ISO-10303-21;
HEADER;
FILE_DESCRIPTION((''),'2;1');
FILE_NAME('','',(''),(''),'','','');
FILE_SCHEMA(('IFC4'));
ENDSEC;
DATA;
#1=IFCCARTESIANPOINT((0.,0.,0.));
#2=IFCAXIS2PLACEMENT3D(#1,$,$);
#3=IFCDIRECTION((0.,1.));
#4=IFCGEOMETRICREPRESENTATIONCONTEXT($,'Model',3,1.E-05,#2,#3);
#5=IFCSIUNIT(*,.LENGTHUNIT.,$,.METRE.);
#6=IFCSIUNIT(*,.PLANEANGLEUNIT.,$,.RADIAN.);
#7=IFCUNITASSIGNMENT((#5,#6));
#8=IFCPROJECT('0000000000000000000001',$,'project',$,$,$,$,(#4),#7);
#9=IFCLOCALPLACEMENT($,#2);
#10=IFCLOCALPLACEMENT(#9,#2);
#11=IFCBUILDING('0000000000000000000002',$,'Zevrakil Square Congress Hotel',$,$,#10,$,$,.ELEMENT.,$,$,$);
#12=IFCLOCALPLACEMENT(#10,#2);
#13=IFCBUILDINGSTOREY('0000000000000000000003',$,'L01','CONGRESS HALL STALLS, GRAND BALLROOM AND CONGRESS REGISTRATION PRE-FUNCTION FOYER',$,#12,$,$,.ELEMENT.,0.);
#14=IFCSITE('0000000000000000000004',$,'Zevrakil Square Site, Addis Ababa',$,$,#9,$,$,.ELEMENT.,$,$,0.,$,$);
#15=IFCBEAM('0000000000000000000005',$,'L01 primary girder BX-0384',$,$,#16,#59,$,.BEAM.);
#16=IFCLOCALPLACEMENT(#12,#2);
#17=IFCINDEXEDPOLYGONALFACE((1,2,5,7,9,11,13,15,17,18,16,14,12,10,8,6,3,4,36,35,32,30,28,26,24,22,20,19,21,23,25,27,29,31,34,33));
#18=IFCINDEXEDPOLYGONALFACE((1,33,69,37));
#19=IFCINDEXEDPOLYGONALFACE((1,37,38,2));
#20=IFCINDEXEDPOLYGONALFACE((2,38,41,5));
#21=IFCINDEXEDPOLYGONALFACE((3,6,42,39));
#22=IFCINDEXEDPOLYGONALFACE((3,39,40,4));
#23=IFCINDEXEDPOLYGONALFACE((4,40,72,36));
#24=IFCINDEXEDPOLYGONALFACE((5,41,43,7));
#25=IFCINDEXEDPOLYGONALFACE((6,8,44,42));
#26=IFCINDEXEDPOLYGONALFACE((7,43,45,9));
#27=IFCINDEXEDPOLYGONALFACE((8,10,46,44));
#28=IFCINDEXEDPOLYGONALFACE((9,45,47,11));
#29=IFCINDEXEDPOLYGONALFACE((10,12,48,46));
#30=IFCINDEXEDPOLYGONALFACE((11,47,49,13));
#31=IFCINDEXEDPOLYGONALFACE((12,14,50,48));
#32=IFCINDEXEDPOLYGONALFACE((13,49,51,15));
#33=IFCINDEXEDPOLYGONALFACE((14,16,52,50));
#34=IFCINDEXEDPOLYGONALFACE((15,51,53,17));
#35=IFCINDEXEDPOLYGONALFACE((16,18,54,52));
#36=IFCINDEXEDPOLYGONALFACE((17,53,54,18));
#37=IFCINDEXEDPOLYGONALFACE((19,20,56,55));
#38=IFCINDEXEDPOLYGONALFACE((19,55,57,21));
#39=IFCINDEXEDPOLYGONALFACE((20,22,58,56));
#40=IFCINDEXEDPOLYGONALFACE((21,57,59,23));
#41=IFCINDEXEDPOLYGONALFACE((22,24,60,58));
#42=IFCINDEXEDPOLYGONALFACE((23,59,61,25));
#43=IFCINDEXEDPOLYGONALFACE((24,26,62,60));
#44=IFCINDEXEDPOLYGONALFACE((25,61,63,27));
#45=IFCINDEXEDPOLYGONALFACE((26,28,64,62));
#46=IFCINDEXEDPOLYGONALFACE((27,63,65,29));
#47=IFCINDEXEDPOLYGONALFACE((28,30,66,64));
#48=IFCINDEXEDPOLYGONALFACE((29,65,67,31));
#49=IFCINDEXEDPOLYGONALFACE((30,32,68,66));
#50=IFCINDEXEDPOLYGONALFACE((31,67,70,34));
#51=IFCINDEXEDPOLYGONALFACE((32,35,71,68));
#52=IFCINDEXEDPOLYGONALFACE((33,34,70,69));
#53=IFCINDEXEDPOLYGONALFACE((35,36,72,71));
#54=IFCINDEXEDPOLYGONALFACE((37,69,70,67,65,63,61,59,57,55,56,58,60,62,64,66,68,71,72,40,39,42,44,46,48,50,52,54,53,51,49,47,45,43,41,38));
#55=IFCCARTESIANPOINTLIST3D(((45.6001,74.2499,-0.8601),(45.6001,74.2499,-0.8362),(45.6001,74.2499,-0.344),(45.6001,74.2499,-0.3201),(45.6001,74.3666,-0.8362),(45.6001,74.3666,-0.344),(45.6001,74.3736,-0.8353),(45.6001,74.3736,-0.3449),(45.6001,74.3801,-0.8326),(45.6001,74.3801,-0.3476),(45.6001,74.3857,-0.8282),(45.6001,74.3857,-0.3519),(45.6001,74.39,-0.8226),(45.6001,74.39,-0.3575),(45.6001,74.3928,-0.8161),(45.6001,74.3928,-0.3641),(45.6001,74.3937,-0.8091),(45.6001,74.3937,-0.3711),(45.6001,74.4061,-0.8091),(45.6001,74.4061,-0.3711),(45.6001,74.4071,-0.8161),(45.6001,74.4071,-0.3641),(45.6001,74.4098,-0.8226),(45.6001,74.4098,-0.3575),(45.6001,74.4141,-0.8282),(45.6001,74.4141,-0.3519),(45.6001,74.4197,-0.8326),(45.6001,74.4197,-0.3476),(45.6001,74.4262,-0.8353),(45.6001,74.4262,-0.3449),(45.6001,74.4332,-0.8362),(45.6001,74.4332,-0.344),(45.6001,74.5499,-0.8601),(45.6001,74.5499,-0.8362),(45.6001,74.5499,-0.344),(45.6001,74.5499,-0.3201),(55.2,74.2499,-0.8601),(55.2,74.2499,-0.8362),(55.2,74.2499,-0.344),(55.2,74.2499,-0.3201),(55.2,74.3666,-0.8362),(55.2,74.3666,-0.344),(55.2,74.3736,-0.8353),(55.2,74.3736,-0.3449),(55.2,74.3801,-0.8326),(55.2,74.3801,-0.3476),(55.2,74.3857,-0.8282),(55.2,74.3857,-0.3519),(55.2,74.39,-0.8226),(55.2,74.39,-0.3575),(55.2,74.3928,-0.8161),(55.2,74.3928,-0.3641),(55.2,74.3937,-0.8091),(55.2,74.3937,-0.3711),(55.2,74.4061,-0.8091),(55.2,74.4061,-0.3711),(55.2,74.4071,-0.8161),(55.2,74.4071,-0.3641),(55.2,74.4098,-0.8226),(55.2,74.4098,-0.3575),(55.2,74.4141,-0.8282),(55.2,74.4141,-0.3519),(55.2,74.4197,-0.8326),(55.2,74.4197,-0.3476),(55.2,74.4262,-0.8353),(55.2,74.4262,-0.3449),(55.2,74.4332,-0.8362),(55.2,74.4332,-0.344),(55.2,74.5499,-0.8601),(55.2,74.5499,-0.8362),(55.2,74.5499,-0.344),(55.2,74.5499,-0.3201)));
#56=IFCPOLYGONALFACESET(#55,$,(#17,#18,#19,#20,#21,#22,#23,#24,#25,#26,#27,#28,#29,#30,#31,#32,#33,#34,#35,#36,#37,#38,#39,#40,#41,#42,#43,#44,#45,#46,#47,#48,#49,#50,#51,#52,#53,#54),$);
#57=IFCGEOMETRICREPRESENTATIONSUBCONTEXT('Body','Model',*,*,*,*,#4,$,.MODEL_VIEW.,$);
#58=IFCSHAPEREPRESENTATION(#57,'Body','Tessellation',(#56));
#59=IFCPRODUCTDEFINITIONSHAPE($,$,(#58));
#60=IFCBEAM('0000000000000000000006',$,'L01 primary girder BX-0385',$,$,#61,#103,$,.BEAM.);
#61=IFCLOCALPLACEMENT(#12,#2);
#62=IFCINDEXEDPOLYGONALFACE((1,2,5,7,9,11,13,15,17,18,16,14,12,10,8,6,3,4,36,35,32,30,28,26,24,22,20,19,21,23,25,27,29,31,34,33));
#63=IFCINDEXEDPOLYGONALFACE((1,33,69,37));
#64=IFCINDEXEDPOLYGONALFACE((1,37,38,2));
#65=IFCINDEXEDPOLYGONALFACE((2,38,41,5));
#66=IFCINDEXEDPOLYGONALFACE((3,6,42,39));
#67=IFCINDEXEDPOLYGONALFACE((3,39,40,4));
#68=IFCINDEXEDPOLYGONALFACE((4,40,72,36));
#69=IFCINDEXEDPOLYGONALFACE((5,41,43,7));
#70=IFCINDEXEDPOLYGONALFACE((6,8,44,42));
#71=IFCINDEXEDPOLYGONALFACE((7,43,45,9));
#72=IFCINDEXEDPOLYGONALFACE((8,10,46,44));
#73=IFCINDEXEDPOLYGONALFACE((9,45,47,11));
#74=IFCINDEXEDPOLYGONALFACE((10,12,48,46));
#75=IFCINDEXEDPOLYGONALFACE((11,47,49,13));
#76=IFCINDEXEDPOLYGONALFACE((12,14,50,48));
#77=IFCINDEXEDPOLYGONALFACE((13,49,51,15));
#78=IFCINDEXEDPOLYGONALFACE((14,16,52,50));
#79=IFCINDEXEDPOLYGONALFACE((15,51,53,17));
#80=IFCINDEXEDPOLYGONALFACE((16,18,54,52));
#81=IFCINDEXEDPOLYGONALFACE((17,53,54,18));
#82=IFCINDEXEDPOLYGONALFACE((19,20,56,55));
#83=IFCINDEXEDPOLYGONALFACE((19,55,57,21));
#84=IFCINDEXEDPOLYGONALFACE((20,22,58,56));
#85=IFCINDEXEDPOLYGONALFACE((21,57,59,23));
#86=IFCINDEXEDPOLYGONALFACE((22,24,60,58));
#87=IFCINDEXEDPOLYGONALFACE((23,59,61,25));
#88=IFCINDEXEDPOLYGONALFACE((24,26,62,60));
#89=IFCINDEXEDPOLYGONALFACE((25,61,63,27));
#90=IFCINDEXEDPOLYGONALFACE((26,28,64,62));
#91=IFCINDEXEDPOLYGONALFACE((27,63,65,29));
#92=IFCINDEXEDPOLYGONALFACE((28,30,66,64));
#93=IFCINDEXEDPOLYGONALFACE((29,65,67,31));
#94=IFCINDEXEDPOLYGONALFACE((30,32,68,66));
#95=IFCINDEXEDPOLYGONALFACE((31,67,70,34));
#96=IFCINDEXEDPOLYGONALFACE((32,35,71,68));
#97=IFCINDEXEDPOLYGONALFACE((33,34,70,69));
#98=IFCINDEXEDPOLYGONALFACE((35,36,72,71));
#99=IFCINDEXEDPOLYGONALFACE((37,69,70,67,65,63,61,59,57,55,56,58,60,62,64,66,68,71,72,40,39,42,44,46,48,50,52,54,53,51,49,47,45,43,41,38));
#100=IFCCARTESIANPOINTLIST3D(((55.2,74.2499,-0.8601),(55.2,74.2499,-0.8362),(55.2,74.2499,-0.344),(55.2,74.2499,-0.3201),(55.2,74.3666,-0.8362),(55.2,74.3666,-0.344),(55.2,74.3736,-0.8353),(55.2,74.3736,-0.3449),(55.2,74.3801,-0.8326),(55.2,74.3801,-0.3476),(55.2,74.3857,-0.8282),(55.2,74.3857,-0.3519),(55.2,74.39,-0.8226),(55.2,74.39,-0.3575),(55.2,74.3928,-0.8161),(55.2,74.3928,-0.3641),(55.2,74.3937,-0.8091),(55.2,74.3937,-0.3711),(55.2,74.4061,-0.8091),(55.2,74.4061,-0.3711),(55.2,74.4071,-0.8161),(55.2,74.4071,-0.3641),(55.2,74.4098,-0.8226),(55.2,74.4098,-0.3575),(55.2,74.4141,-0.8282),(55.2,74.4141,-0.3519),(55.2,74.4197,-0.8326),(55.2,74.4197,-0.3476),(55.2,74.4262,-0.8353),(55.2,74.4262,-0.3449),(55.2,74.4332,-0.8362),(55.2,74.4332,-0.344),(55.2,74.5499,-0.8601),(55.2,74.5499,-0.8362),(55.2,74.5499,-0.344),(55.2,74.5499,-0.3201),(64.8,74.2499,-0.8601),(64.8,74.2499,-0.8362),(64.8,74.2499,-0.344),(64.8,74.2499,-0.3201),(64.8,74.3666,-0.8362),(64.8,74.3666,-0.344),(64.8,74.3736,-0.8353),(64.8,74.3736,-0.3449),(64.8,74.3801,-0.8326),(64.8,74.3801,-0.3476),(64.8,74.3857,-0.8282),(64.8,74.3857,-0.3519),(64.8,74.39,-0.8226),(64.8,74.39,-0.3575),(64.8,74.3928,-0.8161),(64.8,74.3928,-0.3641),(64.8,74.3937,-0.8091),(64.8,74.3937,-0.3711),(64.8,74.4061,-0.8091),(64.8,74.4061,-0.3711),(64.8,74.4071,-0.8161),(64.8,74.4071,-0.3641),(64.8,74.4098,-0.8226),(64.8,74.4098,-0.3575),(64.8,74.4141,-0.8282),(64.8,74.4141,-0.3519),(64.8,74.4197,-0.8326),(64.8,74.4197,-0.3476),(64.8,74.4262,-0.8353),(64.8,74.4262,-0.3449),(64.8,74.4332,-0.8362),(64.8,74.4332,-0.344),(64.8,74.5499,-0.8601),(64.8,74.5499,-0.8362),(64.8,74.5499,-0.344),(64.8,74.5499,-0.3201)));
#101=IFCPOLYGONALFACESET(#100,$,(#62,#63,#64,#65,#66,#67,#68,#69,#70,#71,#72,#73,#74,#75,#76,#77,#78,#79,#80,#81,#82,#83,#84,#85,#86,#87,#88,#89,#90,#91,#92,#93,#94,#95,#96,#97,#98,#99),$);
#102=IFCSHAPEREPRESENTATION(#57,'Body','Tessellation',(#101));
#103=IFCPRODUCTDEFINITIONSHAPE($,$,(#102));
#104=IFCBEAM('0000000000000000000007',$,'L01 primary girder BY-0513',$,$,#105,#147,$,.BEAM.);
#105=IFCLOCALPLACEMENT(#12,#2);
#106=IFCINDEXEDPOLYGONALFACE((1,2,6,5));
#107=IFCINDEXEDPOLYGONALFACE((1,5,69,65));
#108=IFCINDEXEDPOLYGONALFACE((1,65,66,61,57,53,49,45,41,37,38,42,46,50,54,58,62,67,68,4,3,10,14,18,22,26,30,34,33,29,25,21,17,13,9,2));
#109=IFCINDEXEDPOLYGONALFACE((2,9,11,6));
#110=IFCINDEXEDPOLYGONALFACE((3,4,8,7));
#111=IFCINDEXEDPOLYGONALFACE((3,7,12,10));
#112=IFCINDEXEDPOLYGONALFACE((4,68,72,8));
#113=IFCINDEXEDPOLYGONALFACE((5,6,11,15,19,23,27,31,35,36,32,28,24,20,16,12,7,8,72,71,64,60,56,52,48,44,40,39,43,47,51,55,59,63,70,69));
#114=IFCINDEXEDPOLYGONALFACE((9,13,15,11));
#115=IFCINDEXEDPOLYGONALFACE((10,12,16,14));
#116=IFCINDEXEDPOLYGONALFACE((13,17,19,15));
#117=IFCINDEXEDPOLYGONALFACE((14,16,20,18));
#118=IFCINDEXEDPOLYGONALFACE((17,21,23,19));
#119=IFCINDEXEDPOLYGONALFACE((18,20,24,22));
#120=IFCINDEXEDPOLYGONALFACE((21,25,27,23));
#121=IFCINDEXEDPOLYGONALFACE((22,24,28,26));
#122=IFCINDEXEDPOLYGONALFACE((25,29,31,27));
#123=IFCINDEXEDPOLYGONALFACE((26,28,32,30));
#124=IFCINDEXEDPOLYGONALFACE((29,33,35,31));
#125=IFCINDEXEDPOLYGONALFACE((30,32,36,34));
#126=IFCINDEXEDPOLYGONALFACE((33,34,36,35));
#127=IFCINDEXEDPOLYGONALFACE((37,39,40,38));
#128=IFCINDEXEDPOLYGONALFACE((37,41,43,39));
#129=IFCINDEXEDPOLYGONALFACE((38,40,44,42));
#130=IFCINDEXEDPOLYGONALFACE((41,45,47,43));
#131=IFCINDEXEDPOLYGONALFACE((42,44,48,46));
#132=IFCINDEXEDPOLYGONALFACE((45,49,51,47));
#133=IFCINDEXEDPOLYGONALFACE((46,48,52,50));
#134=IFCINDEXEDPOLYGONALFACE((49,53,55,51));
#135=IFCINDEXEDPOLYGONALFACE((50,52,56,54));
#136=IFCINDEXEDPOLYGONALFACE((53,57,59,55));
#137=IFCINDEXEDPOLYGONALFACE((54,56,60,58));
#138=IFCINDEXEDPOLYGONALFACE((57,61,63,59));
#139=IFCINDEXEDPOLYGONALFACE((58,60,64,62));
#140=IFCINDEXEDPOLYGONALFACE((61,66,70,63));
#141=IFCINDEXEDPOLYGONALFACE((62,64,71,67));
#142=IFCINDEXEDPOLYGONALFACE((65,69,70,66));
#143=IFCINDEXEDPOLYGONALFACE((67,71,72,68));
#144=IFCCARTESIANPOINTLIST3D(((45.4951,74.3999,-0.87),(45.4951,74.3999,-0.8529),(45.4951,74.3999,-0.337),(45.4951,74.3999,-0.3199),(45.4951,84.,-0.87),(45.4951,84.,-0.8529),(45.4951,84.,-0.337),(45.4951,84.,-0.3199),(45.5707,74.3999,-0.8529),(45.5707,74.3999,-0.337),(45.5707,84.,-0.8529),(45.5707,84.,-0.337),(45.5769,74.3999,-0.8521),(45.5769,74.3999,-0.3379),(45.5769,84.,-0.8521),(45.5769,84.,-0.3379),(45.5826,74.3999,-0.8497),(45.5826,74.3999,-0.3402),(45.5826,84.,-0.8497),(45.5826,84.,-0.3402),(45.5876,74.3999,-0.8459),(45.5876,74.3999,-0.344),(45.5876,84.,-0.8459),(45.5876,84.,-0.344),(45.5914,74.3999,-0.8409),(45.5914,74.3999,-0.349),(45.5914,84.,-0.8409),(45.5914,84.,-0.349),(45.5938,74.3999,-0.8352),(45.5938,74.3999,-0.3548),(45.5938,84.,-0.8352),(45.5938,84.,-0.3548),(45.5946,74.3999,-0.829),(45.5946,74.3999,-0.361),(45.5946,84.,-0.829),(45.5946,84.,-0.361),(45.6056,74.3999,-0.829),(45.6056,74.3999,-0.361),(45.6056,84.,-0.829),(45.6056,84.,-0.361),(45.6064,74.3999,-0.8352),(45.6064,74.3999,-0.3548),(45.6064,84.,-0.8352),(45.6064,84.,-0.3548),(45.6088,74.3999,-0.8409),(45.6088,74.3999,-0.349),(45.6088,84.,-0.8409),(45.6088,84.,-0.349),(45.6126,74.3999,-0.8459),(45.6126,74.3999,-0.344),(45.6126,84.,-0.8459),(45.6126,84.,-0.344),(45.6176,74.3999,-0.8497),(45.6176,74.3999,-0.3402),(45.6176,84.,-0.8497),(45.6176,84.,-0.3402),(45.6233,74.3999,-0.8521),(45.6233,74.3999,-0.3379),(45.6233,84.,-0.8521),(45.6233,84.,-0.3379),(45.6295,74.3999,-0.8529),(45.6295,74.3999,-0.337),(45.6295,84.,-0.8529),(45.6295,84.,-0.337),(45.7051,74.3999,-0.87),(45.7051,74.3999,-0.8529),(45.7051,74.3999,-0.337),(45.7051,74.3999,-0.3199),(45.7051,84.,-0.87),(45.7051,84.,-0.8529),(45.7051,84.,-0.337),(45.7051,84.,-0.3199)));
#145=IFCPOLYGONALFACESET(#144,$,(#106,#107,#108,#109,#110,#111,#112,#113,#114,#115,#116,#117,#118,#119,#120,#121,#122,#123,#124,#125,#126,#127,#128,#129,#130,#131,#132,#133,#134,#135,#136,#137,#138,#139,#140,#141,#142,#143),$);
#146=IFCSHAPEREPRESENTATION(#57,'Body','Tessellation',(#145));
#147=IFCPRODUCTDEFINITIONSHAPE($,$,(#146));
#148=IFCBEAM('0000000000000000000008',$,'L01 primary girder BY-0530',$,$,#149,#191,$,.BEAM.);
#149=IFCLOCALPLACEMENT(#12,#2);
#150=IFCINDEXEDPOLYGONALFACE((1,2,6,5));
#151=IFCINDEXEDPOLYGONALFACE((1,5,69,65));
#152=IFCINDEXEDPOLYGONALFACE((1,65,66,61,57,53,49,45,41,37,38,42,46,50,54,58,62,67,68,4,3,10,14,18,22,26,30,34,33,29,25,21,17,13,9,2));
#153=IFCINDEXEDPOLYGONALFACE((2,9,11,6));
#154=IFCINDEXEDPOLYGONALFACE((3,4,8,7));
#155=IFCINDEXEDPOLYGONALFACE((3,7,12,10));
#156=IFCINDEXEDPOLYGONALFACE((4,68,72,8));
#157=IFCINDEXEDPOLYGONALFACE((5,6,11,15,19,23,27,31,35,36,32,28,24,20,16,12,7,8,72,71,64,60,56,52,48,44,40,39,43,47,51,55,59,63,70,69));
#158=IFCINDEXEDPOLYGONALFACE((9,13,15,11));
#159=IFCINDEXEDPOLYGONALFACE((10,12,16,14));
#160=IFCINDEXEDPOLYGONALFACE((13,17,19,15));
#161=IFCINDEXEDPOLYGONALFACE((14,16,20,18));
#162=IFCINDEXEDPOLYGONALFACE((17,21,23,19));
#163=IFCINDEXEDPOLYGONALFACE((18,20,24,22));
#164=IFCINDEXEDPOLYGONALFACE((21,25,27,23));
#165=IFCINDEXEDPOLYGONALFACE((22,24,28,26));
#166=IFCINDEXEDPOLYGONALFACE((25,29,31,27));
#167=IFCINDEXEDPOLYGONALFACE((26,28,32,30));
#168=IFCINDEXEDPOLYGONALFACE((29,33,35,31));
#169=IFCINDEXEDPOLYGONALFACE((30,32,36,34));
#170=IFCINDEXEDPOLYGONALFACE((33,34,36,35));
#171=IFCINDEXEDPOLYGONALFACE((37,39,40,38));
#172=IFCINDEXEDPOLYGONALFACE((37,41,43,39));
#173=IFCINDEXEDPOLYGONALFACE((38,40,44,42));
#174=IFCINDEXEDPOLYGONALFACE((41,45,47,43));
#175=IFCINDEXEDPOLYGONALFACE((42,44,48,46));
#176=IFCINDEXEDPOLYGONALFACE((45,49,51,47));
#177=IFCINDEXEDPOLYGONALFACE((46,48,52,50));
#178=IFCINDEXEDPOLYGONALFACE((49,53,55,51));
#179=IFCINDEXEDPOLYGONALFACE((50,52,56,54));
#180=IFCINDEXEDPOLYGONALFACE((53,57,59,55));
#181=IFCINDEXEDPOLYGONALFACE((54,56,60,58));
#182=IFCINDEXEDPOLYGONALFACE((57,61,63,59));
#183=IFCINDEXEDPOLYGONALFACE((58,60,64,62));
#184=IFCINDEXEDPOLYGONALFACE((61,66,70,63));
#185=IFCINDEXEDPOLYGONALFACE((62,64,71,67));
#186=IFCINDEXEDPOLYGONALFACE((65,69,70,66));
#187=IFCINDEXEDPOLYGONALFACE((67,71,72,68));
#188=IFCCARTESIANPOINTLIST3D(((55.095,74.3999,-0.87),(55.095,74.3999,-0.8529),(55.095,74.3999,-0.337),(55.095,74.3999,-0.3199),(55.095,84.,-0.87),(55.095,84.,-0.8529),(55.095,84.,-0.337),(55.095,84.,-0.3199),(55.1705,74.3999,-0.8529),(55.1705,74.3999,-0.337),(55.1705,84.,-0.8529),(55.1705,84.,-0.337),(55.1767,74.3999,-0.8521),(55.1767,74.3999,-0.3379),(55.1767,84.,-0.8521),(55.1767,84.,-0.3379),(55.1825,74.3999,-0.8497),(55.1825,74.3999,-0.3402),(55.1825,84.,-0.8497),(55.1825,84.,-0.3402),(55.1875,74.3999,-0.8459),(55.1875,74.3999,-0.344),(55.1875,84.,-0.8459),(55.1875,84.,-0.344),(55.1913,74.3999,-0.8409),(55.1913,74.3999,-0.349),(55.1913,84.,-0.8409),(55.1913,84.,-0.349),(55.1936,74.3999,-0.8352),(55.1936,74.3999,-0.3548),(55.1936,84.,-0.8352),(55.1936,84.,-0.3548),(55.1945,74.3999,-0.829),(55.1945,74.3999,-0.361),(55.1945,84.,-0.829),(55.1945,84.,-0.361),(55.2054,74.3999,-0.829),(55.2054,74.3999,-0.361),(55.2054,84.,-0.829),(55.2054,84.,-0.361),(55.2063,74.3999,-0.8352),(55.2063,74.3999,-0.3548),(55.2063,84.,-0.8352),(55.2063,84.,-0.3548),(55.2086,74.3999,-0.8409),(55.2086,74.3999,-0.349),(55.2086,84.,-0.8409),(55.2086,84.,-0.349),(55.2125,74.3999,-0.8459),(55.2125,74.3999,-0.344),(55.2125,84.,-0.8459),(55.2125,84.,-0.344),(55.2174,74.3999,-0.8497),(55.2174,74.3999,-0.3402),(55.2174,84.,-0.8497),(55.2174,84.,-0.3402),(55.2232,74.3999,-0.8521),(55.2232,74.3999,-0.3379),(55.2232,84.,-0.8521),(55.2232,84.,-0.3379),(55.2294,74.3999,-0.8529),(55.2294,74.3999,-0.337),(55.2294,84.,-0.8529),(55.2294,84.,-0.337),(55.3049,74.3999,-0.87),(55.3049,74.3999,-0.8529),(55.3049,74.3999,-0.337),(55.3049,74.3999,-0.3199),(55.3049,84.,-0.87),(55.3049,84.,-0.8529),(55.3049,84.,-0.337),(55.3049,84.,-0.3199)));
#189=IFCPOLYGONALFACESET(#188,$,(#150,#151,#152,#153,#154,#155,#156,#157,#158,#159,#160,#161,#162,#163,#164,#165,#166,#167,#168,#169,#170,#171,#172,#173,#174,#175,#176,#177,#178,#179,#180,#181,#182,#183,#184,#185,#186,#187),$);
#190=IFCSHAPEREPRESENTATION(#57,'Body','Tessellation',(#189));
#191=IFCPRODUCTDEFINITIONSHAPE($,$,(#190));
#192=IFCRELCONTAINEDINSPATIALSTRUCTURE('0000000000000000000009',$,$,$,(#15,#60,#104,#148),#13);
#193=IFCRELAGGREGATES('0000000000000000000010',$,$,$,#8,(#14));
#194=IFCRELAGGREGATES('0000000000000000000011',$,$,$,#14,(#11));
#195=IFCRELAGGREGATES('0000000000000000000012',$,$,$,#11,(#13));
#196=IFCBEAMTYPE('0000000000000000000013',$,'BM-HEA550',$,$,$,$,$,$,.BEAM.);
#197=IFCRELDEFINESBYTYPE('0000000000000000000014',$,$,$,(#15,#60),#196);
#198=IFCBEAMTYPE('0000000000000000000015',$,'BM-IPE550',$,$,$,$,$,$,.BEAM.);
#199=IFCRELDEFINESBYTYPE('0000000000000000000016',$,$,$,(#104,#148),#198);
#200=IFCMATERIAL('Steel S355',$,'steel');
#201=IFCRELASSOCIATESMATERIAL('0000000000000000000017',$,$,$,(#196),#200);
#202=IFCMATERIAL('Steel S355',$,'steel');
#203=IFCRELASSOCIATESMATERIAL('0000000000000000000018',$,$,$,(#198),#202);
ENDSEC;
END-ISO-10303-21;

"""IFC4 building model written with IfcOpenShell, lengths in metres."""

from ifc_helpers import new_model, si_unit, direction, frame, origin, origin_2d, place, context, subcontext, project, spatial, i_section, extrude, material, material_profile, profile_set, type_object, element, save


model = new_model("IFC4")

# Units and contexts
model_context = context("Model", 3, precision=1e-05, world=origin(), true_north=direction((0.0, 1.0)))
body_context = subcontext(model_context, "Body", "Model", "MODEL_VIEW")
ifc_project = project(units=[si_unit("LENGTHUNIT", "METRE"), si_unit("PLANEANGLEUNIT", "RADIAN")], contexts=[model_context])

# Site, building, storey
site_placement = place(None, origin())
site = spatial("IfcSite", under=ifc_project, at=site_placement, Name="Zevrakil Square Site, Addis Ababa", CompositionType="ELEMENT", RefElevation=0.0)
building_placement = place(site_placement, origin())
building = spatial("IfcBuilding", under=site, at=building_placement, Name="Zevrakil Square Congress Hotel", CompositionType="ELEMENT")
storey_placement = place(building_placement, origin())
storey = spatial("IfcBuildingStorey", under=building, at=storey_placement, Name="L01", Description="CONGRESS HALL STALLS, GRAND BALLROOM AND CONGRESS REGISTRATION PRE-FUNCTION FOYER", CompositionType="ELEMENT", Elevation=0.0)

# Beams
ifc_material_1 = material(Name="Steel S355", Category="steel")
ifc_material_profile_1 = material_profile(ifc_material_1, i_section(OverallWidth=0.3, OverallDepth=0.54, WebThickness=0.0125, FlangeThickness=0.0239, FilletRadius=0.0271, at=origin_2d()), Name="HEA 550")
ifc_profile_set_1 = profile_set([ifc_material_profile_1], Name="Steel S355")
beam_type_1 = type_object("IfcBeamType", Name="BM-HEA550", PredefinedType="BEAM", material=ifc_profile_set_1)
beam_1_placement = place(storey_placement, frame((45.6001, 74.3999, -0.5901), z_axis=(1.0, 0.0, 0.0), x_axis=(0.0, 1.0, 0.0)))
element("IfcBeam", 1, at=beam_1_placement, inside=storey, type_object=beam_type_1, Name="L01 primary girder BX-0384", PredefinedType="BEAM", context=body_context, shape_type="SweptSolid", body=[
    extrude(i_section(OverallWidth=0.3, OverallDepth=0.54, WebThickness=0.0125, FlangeThickness=0.0239, FilletRadius=0.0271, at=origin_2d()), origin(), (0.0, 0.0, 1.0), 9.5999),
])
beam_2_placement = place(storey_placement, frame((55.2, 74.3999, -0.5901), z_axis=(1.0, 0.0, 0.0), x_axis=(0.0, 1.0, 0.0)))
element("IfcBeam", 2, at=beam_2_placement, inside=storey, type_object=beam_type_1, Name="L01 primary girder BX-0385", PredefinedType="BEAM", context=body_context, shape_type="SweptSolid", body=[
    extrude(i_section(OverallWidth=0.3, OverallDepth=0.54, WebThickness=0.0125, FlangeThickness=0.0239, FilletRadius=0.0271, at=origin_2d()), origin(), (0.0, 0.0, 1.0), 9.6001),
])
ifc_material_2 = material(Name="Steel S355", Category="steel")
ifc_material_profile_2 = material_profile(ifc_material_2, i_section(OverallWidth=0.21, OverallDepth=0.55, WebThickness=0.011, FlangeThickness=0.0171, FilletRadius=0.0239, at=origin_2d()), Name="IPE 550")
ifc_profile_set_2 = profile_set([ifc_material_profile_2], Name="Steel S355")
beam_type_2 = type_object("IfcBeamType", Name="BM-IPE550", PredefinedType="BEAM", material=ifc_profile_set_2)
for number, where, z_axis, x_axis, name in (
    (3, (45.6001, 74.3999, -0.595), (0.0, 1.0, 0.0), (-1.0, 0.0, 0.0), "L01 primary girder BY-0513"),
    (4, (55.2, 74.3999, -0.595), (0.0, 1.0, 0.0), (-1.0, 0.0, 0.0), "L01 primary girder BY-0530"),
):
    element("IfcBeam", number, at=place(storey_placement, frame(where, z_axis=z_axis, x_axis=x_axis)), inside=storey, type_object=beam_type_2, Name=name, PredefinedType="BEAM", context=body_context, shape_type="SweptSolid", body=[
        extrude(i_section(OverallWidth=0.21, OverallDepth=0.55, WebThickness=0.011, FlangeThickness=0.0171, FilletRadius=0.0239, at=origin_2d()), origin(), (0.0, 0.0, 1.0), 9.6001),
    ])

save(model, "model.ifc")
